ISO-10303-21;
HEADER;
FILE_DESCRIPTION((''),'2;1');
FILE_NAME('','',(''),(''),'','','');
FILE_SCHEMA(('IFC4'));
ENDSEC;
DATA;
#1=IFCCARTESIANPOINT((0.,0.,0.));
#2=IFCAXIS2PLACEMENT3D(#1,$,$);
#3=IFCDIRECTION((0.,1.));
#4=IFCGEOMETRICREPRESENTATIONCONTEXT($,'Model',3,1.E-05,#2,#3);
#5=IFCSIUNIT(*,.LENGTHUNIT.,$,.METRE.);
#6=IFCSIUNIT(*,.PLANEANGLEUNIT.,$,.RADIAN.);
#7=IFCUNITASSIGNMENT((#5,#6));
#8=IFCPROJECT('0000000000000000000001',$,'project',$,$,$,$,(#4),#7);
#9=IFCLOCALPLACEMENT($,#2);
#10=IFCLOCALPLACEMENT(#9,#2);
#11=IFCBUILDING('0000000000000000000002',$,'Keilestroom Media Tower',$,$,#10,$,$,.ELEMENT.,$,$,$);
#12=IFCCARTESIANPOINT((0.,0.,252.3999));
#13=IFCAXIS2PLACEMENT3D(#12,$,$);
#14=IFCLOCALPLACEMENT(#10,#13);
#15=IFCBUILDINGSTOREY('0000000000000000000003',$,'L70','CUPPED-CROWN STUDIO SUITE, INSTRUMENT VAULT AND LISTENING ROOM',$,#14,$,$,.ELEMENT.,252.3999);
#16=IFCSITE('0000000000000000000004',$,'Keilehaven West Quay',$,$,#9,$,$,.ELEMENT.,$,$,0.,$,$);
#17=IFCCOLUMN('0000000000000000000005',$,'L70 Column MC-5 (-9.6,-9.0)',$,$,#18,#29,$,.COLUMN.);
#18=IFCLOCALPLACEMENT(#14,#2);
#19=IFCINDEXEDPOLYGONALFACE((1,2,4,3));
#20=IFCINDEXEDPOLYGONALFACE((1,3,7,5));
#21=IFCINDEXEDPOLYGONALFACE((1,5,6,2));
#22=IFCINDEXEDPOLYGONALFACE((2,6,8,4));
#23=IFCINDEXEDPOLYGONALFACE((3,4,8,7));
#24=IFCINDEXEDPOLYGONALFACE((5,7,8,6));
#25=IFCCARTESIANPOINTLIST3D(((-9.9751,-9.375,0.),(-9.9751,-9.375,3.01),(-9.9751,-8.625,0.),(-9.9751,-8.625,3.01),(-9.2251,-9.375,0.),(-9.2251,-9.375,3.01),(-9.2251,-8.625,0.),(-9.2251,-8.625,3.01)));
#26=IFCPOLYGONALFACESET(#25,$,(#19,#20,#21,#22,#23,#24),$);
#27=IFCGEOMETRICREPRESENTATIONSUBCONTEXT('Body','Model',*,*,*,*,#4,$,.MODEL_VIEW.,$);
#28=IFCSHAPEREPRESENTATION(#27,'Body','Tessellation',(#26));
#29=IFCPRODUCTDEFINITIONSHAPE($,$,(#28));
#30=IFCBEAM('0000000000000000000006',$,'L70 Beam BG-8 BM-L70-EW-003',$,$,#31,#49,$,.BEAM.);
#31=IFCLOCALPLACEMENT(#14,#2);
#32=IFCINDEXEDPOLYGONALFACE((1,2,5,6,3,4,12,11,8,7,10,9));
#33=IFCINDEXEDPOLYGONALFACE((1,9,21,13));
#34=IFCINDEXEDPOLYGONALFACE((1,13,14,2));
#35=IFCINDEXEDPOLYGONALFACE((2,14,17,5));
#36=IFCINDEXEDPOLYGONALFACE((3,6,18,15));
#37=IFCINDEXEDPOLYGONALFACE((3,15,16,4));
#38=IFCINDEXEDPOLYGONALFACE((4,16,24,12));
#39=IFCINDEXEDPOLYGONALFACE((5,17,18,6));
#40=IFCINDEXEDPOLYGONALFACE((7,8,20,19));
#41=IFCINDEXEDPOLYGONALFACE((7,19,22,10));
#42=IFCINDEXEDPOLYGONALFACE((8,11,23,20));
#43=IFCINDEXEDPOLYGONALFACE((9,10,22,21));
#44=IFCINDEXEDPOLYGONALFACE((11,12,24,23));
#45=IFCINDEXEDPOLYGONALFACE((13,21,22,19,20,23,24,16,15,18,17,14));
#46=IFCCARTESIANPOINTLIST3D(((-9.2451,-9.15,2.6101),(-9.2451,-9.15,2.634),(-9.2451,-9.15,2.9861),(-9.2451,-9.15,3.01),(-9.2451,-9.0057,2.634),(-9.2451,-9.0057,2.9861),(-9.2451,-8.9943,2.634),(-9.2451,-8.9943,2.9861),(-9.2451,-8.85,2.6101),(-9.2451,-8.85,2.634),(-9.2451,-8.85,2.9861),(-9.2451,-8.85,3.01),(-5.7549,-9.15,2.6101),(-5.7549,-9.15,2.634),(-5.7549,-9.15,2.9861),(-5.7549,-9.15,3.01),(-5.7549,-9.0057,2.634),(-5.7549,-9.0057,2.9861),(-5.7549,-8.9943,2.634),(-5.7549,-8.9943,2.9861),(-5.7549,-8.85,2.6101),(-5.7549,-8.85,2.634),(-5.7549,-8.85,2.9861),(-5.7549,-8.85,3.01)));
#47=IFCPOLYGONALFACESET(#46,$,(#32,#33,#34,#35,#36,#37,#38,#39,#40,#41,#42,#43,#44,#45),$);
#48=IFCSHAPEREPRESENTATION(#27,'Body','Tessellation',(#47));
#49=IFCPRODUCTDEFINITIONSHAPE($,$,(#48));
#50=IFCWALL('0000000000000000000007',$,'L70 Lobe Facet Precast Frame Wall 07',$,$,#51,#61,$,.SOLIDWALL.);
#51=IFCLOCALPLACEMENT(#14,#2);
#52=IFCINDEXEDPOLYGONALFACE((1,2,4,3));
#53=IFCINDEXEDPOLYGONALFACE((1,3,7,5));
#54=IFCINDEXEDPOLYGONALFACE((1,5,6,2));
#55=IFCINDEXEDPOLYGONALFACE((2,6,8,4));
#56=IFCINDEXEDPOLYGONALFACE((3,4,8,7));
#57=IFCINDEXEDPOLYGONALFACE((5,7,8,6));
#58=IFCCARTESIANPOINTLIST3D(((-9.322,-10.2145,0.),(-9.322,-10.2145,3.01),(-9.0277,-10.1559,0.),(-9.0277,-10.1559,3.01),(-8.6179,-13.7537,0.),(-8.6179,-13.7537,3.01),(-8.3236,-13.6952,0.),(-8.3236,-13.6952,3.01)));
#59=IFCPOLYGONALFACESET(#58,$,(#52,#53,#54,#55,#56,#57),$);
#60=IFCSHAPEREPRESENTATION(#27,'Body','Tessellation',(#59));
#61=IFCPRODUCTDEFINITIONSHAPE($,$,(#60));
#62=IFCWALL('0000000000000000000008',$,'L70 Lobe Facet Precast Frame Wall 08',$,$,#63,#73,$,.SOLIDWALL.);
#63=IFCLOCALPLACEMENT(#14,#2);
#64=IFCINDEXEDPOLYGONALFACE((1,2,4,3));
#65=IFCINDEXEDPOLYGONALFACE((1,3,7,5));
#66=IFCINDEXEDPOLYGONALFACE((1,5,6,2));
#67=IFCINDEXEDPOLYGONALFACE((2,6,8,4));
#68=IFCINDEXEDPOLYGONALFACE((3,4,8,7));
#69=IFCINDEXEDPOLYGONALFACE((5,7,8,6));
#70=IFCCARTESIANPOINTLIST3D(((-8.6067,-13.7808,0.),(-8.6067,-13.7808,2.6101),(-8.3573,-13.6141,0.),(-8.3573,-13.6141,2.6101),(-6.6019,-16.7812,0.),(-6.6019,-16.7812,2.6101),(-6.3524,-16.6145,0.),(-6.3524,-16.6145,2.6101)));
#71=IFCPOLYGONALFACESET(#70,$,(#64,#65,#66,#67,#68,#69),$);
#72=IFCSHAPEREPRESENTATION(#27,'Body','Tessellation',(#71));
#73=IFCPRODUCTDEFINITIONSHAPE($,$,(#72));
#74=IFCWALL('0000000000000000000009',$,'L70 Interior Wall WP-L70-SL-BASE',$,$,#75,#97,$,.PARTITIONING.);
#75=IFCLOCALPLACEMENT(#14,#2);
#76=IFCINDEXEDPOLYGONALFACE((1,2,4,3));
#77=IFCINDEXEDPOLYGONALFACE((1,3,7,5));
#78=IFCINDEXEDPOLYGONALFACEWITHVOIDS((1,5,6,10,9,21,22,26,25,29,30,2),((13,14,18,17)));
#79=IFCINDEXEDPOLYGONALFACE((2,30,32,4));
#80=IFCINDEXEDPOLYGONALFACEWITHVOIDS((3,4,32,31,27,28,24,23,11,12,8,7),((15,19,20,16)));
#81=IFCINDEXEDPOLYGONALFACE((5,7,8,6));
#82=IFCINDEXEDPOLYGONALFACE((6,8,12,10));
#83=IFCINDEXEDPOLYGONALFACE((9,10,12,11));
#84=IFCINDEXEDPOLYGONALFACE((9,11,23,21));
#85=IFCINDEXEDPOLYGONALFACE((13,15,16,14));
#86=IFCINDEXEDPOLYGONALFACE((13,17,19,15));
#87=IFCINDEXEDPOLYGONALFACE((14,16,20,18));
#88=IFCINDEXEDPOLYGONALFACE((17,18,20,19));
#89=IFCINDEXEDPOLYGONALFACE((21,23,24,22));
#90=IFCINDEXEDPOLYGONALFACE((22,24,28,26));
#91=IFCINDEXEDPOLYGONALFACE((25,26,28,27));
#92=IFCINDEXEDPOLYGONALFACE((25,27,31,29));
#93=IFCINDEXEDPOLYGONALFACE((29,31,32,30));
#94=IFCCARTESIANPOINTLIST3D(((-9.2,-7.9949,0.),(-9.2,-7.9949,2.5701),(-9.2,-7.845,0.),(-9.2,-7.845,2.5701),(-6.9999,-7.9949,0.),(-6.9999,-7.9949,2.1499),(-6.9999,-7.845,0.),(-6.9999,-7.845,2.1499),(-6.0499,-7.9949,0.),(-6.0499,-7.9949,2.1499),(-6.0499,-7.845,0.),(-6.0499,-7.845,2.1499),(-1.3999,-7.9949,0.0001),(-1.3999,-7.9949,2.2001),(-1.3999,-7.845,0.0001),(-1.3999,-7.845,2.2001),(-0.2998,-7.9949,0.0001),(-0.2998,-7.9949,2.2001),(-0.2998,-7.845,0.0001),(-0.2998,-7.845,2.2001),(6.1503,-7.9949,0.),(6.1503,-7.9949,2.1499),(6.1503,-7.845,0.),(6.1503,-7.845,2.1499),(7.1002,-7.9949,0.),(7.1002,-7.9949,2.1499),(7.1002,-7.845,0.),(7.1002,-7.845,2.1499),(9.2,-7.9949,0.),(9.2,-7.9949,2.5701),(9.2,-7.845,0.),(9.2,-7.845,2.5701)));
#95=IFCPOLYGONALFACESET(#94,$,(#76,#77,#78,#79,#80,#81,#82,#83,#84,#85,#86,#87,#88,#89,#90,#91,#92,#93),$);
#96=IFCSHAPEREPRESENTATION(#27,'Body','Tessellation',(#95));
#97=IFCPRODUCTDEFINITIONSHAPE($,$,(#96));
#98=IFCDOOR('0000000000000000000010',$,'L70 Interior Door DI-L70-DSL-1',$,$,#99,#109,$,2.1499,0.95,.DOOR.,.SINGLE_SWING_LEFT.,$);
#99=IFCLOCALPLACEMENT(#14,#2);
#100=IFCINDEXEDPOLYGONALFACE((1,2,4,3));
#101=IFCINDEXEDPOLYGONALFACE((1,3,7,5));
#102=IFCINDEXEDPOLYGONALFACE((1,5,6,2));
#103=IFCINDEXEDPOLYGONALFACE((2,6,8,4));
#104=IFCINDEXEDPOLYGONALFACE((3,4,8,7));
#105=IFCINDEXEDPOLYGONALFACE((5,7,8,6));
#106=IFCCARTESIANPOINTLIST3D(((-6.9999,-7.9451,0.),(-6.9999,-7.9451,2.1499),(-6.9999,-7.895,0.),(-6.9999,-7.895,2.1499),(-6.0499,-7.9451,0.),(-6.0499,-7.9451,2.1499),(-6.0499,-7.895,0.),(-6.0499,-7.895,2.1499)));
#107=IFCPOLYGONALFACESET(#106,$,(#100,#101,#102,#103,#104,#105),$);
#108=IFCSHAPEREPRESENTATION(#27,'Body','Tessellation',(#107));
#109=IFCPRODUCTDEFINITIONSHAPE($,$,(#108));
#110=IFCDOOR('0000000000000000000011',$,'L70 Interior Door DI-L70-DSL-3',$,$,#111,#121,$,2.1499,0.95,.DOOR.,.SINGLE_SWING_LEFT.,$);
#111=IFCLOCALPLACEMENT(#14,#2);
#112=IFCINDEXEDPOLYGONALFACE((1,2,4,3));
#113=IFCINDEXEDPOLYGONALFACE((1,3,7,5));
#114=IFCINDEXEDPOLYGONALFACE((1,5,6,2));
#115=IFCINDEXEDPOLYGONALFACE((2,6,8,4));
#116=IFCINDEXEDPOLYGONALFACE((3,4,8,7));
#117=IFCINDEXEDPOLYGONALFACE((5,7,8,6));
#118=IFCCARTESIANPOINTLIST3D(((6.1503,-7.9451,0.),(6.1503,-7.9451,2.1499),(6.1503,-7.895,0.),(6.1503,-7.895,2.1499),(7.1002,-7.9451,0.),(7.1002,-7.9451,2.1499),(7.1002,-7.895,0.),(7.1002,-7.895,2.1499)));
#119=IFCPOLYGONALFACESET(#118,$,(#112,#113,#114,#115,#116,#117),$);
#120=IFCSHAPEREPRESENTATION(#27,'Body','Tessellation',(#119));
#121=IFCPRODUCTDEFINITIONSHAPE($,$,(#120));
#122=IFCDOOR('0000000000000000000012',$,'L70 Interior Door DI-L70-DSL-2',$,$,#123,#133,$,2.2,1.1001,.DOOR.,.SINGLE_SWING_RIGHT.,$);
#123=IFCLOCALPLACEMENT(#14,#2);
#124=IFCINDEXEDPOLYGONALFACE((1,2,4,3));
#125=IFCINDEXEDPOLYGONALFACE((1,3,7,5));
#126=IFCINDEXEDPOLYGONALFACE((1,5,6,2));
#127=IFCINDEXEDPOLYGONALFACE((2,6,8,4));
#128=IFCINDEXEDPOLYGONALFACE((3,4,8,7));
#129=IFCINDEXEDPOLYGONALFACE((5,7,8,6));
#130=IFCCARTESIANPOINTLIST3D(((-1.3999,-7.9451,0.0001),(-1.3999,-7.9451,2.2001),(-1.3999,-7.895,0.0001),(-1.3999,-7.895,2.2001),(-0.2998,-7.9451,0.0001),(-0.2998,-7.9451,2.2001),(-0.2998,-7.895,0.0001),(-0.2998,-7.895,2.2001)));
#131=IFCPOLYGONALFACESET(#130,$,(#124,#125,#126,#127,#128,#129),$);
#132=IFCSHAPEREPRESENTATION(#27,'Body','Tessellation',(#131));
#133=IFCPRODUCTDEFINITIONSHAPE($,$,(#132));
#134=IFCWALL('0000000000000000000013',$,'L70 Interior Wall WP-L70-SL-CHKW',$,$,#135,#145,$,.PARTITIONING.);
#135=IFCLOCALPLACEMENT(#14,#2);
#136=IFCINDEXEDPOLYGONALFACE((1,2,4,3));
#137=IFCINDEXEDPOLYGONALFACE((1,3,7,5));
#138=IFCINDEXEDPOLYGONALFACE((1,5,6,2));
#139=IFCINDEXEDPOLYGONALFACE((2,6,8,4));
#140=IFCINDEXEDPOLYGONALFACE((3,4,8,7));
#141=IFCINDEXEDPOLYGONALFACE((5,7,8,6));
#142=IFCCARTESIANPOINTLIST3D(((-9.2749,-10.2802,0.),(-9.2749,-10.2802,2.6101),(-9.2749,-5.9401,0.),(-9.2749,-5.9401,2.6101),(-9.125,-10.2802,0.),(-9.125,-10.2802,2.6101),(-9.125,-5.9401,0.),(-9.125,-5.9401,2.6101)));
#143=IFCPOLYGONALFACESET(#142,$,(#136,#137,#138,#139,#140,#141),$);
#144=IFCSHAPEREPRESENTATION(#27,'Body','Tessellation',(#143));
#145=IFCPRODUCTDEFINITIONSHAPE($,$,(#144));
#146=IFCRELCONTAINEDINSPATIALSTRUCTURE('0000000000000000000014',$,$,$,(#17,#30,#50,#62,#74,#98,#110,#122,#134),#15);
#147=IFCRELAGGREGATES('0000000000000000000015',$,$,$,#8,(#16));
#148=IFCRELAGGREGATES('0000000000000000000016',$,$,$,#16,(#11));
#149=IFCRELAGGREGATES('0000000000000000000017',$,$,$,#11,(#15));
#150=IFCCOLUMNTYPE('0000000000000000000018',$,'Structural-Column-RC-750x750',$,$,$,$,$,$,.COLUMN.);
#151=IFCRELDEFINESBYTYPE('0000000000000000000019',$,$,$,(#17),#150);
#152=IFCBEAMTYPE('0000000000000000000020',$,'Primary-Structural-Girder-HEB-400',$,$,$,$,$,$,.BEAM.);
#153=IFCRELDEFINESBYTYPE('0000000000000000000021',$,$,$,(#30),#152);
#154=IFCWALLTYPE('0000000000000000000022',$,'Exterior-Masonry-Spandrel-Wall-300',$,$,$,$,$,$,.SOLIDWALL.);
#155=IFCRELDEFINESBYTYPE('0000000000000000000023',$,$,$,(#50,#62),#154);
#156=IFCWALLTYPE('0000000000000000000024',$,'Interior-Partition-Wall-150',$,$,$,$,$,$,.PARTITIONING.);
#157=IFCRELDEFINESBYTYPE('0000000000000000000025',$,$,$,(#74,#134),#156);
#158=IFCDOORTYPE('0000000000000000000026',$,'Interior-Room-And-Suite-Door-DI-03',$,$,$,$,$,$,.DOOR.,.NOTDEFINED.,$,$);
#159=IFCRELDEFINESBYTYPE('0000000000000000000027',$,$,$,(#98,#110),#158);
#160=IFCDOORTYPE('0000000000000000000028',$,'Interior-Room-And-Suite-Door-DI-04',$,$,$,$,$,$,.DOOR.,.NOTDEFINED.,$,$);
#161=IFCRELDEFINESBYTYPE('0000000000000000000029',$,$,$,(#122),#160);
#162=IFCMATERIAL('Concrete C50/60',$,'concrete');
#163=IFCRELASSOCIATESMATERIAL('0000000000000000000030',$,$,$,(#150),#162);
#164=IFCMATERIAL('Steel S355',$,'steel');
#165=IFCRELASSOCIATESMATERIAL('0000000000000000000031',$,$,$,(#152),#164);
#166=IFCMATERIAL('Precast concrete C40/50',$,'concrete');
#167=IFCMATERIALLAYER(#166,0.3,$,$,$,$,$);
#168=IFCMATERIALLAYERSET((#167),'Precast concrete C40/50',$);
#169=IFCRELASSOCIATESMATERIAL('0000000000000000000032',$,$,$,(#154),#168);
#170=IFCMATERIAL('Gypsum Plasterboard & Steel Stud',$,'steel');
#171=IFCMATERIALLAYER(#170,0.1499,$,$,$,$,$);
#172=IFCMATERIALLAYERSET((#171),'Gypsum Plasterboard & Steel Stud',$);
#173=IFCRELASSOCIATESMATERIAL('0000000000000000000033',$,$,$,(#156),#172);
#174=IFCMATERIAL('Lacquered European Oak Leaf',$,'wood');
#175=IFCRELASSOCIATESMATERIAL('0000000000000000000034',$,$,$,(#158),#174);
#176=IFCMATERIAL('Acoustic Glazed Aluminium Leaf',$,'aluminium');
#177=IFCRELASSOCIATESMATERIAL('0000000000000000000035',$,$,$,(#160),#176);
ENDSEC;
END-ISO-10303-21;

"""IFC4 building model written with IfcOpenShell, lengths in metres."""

from ifc_helpers import new_model, si_unit, direction, frame, frame_2d, origin, origin_2d, place, context, subcontext, project, spatial, rectangle, i_section, extrude, source, transform, mapped, material, layer, layer_set, material_profile, profile_set, type_object, element, fill, save


model = new_model("IFC4")

# Units and contexts
model_context = context("Model", 3, precision=1e-05, world=origin(), true_north=direction((0.0, 1.0)))
body_context = subcontext(model_context, "Body", "Model", "MODEL_VIEW")
ifc_project = project(units=[si_unit("LENGTHUNIT", "METRE"), si_unit("PLANEANGLEUNIT", "RADIAN")], contexts=[model_context])

# Site, building, storey
site_placement = place(None, origin())
site = spatial("IfcSite", under=ifc_project, at=site_placement, Name="Keilehaven West Quay", CompositionType="ELEMENT", RefElevation=0.0)
building_placement = place(site_placement, origin())
building = spatial("IfcBuilding", under=site, at=building_placement, Name="Keilestroom Media Tower", CompositionType="ELEMENT")
storey_placement = place(building_placement, frame((0.0, 0.0, 252.3999)))
storey = spatial("IfcBuildingStorey", under=building, at=storey_placement, Name="L70", Description="CUPPED-CROWN STUDIO SUITE, INSTRUMENT VAULT AND LISTENING ROOM", CompositionType="ELEMENT", Elevation=252.3999)

# Column
ifc_material_1 = material(Name="Concrete C50/60", Category="concrete")
ifc_material_profile_1 = material_profile(ifc_material_1, rectangle(XDim=0.75, YDim=0.75, at=origin_2d()), Name="RC 750x750")
ifc_profile_set_1 = profile_set([ifc_material_profile_1], Name="Concrete C50/60")
column_type = type_object("IfcColumnType", Name="Structural-Column-RC-750x750", PredefinedType="COLUMN", material=ifc_profile_set_1)
shared_shape_1 = source(origin(), body_context, "Body", "SweptSolid", [
    extrude(rectangle(XDim=0.75, YDim=0.75, at=origin_2d()), origin(), (0.0, 0.0, 1.0), 3.01),
])
column_placement = place(storey_placement, frame((-9.6001, -9.0, 0.0), z_axis=(0.0, 0.0, 1.0), x_axis=(1.0, 0.0, 0.0)))
element("IfcColumn", 1, at=column_placement, inside=storey, type_object=column_type, Name="L70 Column MC-5 (-9.6,-9.0)", PredefinedType="COLUMN", context=body_context, shape_type="MappedRepresentation", body=[
    mapped(shared_shape_1, transform((0.0, 0.0, 0.0), x_axis=(1.0, 0.0, 0.0), y_axis=(0.0, 1.0, 0.0), z_axis=(0.0, 0.0, 1.0), scale=1.0)),
])

# Beam
ifc_material_2 = material(Name="Steel S355", Category="steel")
ifc_material_profile_2 = material_profile(ifc_material_2, i_section(OverallWidth=0.3, OverallDepth=0.3999, WebThickness=0.0115, FlangeThickness=0.0239, at=origin_2d()), Name="HEB 400")
ifc_profile_set_2 = profile_set([ifc_material_profile_2], Name="Steel S355")
beam_type = type_object("IfcBeamType", Name="Primary-Structural-Girder-HEB-400", PredefinedType="BEAM", material=ifc_profile_set_2)
shared_shape_2 = source(origin(), body_context, "Body", "SweptSolid", [
    extrude(i_section(OverallWidth=0.3, OverallDepth=0.3999, WebThickness=0.0115, FlangeThickness=0.0239, at=origin_2d()), origin(), (0.0, 0.0, 1.0), 3.4902),
])
beam_placement = place(storey_placement, frame((-9.2451, -9.0, 2.8101), z_axis=(1.0, 0.0, 0.0), x_axis=(0.0, 1.0, 0.0)))
element("IfcBeam", 2, at=beam_placement, inside=storey, type_object=beam_type, Name="L70 Beam BG-8 BM-L70-EW-003", PredefinedType="BEAM", context=body_context, shape_type="MappedRepresentation", body=[
    mapped(shared_shape_2, transform((0.0, 0.0, 0.0), x_axis=(1.0, 0.0, 0.0), y_axis=(0.0, 1.0, 0.0), z_axis=(0.0, 0.0, 1.0), scale=1.0)),
])

# Walls
ifc_material_3 = material(Name="Precast concrete C40/50", Category="concrete")
ifc_layer_1 = layer(ifc_material_3, 0.3)
ifc_layer_set_1 = layer_set([ifc_layer_1], Name="Precast concrete C40/50")
wall_type_1 = type_object("IfcWallType", Name="Exterior-Masonry-Spandrel-Wall-300", PredefinedType="SOLIDWALL", material=ifc_layer_set_1)
wall_1_placement = place(storey_placement, frame((-9.1748, -10.1853, 0.0), z_axis=(0.0, 0.0, 1.0), x_axis=(0.195114, -0.980781, 0.0)))
element("IfcWall", 3, at=wall_1_placement, inside=storey, type_object=wall_type_1, Name="L70 Lobe Facet Precast Frame Wall 07", PredefinedType="SOLIDWALL", context=body_context, shape_type="SweptSolid", body=[
    extrude(rectangle(XDim=3.6086, YDim=0.3, at=frame_2d((1.8042, 0.0))), origin(), (0.0, 0.0, 1.0), 3.01),
])
wall_2_placement = place(storey_placement, frame((-8.4819, -13.6975, 0.0), z_axis=(0.0, 0.0, 1.0), x_axis=(0.555574, -0.831467, 0.0)))
element("IfcWall", 4, at=wall_2_placement, inside=storey, type_object=wall_type_1, Name="L70 Lobe Facet Precast Frame Wall 08", PredefinedType="SOLIDWALL", context=body_context, shape_type="SweptSolid", body=[
    extrude(rectangle(XDim=3.6086, YDim=0.3, at=frame_2d((1.8042, 0.0))), origin(), (0.0, 0.0, 1.0), 2.6101),
])

# Wall, openings, doors
ifc_material_4 = material(Name="Gypsum Plasterboard & Steel Stud", Category="steel")
ifc_layer_2 = layer(ifc_material_4, 0.1499)
ifc_layer_set_2 = layer_set([ifc_layer_2], Name="Gypsum Plasterboard & Steel Stud")
wall_type_2 = type_object("IfcWallType", Name="Interior-Partition-Wall-150", PredefinedType="PARTITIONING", material=ifc_layer_set_2)
wall_3_placement = place(storey_placement, frame((-9.2, -7.9199, 0.0), z_axis=(0.0, 0.0, 1.0), x_axis=(1.0, 0.0, 0.0)))
wall_3 = element("IfcWall", 5, at=wall_3_placement, inside=storey, type_object=wall_type_2, Name="L70 Interior Wall WP-L70-SL-BASE", PredefinedType="PARTITIONING", context=body_context, shape_type="SweptSolid", body=[
    extrude(rectangle(XDim=18.3999, YDim=0.1499, at=frame_2d((9.2, 0.0))), origin(), (0.0, 0.0, 1.0), 2.5701),
])
opening_1_placement = place(wall_3_placement, frame((2.2, 0.0, 0.0)))
opening_1 = element("IfcOpeningElement", 6, at=opening_1_placement, cuts=wall_3, PredefinedType="OPENING", context=body_context, shape_type="SweptSolid", body=[
    extrude(rectangle(XDim=0.95, YDim=2.1499, at=frame_2d((0.4751, 1.075))), frame((0.0, 0.085, 0.0), z_axis=(0.0, -1.0, 0.0), x_axis=(1.0, 0.0, 0.0)), (0.0, 0.0, 1.0), 0.1699),
])
opening_2_placement = place(wall_3_placement, frame((7.8, 0.0, 0.0)))
opening_2 = element("IfcOpeningElement", 7, at=opening_2_placement, cuts=wall_3, PredefinedType="OPENING", context=body_context, shape_type="SweptSolid", body=[
    extrude(rectangle(XDim=1.1001, YDim=2.2, at=frame_2d((0.55, 1.1001))), frame((0.0, 0.085, 0.0), z_axis=(0.0, -1.0, 0.0), x_axis=(1.0, 0.0, 0.0)), (0.0, 0.0, 1.0), 0.1699),
])
opening_3_placement = place(wall_3_placement, frame((15.3501, 0.0, 0.0)))
opening_3 = element("IfcOpeningElement", 8, at=opening_3_placement, cuts=wall_3, PredefinedType="OPENING", context=body_context, shape_type="SweptSolid", body=[
    extrude(rectangle(XDim=0.95, YDim=2.1499, at=frame_2d((0.4751, 1.075))), frame((0.0, 0.085, 0.0), z_axis=(0.0, -1.0, 0.0), x_axis=(1.0, 0.0, 0.0)), (0.0, 0.0, 1.0), 0.1699),
])
ifc_material_5 = material(Name="Lacquered European Oak Leaf", Category="wood")
door_type_1 = type_object("IfcDoorType", Name="Interior-Room-And-Suite-Door-DI-03", OperationType="NOTDEFINED", PredefinedType="DOOR", material=ifc_material_5)
shared_shape_3 = source(origin(), body_context, "Body", "SweptSolid", [
    extrude(rectangle(XDim=0.95, YDim=2.1499, at=frame_2d((0.4751, 1.075))), frame((0.0, 0.0249, 0.0), z_axis=(0.0, -1.0, 0.0), x_axis=(1.0, 0.0, 0.0)), (0.0, 0.0, 1.0), 0.05),
])
door_1_placement = place(opening_1_placement, origin())
door_1 = element("IfcDoor", 9, at=door_1_placement, inside=storey, type_object=door_type_1, Name="L70 Interior Door DI-L70-DSL-1", OperationType="SINGLE_SWING_LEFT", OverallHeight=2.1499, OverallWidth=0.95, PredefinedType="DOOR", context=body_context, shape_type="MappedRepresentation", body=[
    mapped(shared_shape_3, transform((0.0, 0.0, 0.0), x_axis=(1.0, 0.0, 0.0), y_axis=(0.0, 1.0, 0.0), z_axis=(0.0, 0.0, 1.0), scale=1.0)),
])
fill(opening_1, door_1)
door_2_placement = place(opening_3_placement, origin())
door_2 = element("IfcDoor", 10, at=door_2_placement, inside=storey, type_object=door_type_1, Name="L70 Interior Door DI-L70-DSL-3", OperationType="SINGLE_SWING_LEFT", OverallHeight=2.1499, OverallWidth=0.95, PredefinedType="DOOR", context=body_context, shape_type="MappedRepresentation", body=[
    mapped(shared_shape_3, transform((0.0, 0.0, 0.0), x_axis=(1.0, 0.0, 0.0), y_axis=(0.0, 1.0, 0.0), z_axis=(0.0, 0.0, 1.0), scale=1.0)),
])
fill(opening_3, door_2)
ifc_material_6 = material(Name="Acoustic Glazed Aluminium Leaf", Category="aluminium")
door_type_2 = type_object("IfcDoorType", Name="Interior-Room-And-Suite-Door-DI-04", OperationType="NOTDEFINED", PredefinedType="DOOR", material=ifc_material_6)
shared_shape_4 = source(origin(), body_context, "Body", "SweptSolid", [
    extrude(rectangle(XDim=1.1001, YDim=2.2, at=frame_2d((0.55, 1.1001))), frame((0.0, 0.0249, 0.0), z_axis=(0.0, -1.0, 0.0), x_axis=(1.0, 0.0, 0.0)), (0.0, 0.0, 1.0), 0.05),
])
door_3_placement = place(opening_2_placement, origin())
door_3 = element("IfcDoor", 11, at=door_3_placement, inside=storey, type_object=door_type_2, Name="L70 Interior Door DI-L70-DSL-2", OperationType="SINGLE_SWING_RIGHT", OverallHeight=2.2, OverallWidth=1.1001, PredefinedType="DOOR", context=body_context, shape_type="MappedRepresentation", body=[
    mapped(shared_shape_4, transform((0.0, 0.0, 0.0), x_axis=(1.0, 0.0, 0.0), y_axis=(0.0, 1.0, 0.0), z_axis=(0.0, 0.0, 1.0), scale=1.0)),
])
fill(opening_2, door_3)

# Wall
wall_4_placement = place(storey_placement, frame((-9.2, -10.28, 0.0), z_axis=(0.0, 0.0, 1.0), x_axis=(0.0, 1.0, 0.0)))
element("IfcWall", 12, at=wall_4_placement, inside=storey, type_object=wall_type_2, Name="L70 Interior Wall WP-L70-SL-CHKW", PredefinedType="PARTITIONING", context=body_context, shape_type="SweptSolid", body=[
    extrude(rectangle(XDim=4.3401, YDim=0.1499, at=frame_2d((2.1699, 0.0))), origin(), (0.0, 0.0, 1.0), 2.6101),
])

save(model, "model.ifc")
